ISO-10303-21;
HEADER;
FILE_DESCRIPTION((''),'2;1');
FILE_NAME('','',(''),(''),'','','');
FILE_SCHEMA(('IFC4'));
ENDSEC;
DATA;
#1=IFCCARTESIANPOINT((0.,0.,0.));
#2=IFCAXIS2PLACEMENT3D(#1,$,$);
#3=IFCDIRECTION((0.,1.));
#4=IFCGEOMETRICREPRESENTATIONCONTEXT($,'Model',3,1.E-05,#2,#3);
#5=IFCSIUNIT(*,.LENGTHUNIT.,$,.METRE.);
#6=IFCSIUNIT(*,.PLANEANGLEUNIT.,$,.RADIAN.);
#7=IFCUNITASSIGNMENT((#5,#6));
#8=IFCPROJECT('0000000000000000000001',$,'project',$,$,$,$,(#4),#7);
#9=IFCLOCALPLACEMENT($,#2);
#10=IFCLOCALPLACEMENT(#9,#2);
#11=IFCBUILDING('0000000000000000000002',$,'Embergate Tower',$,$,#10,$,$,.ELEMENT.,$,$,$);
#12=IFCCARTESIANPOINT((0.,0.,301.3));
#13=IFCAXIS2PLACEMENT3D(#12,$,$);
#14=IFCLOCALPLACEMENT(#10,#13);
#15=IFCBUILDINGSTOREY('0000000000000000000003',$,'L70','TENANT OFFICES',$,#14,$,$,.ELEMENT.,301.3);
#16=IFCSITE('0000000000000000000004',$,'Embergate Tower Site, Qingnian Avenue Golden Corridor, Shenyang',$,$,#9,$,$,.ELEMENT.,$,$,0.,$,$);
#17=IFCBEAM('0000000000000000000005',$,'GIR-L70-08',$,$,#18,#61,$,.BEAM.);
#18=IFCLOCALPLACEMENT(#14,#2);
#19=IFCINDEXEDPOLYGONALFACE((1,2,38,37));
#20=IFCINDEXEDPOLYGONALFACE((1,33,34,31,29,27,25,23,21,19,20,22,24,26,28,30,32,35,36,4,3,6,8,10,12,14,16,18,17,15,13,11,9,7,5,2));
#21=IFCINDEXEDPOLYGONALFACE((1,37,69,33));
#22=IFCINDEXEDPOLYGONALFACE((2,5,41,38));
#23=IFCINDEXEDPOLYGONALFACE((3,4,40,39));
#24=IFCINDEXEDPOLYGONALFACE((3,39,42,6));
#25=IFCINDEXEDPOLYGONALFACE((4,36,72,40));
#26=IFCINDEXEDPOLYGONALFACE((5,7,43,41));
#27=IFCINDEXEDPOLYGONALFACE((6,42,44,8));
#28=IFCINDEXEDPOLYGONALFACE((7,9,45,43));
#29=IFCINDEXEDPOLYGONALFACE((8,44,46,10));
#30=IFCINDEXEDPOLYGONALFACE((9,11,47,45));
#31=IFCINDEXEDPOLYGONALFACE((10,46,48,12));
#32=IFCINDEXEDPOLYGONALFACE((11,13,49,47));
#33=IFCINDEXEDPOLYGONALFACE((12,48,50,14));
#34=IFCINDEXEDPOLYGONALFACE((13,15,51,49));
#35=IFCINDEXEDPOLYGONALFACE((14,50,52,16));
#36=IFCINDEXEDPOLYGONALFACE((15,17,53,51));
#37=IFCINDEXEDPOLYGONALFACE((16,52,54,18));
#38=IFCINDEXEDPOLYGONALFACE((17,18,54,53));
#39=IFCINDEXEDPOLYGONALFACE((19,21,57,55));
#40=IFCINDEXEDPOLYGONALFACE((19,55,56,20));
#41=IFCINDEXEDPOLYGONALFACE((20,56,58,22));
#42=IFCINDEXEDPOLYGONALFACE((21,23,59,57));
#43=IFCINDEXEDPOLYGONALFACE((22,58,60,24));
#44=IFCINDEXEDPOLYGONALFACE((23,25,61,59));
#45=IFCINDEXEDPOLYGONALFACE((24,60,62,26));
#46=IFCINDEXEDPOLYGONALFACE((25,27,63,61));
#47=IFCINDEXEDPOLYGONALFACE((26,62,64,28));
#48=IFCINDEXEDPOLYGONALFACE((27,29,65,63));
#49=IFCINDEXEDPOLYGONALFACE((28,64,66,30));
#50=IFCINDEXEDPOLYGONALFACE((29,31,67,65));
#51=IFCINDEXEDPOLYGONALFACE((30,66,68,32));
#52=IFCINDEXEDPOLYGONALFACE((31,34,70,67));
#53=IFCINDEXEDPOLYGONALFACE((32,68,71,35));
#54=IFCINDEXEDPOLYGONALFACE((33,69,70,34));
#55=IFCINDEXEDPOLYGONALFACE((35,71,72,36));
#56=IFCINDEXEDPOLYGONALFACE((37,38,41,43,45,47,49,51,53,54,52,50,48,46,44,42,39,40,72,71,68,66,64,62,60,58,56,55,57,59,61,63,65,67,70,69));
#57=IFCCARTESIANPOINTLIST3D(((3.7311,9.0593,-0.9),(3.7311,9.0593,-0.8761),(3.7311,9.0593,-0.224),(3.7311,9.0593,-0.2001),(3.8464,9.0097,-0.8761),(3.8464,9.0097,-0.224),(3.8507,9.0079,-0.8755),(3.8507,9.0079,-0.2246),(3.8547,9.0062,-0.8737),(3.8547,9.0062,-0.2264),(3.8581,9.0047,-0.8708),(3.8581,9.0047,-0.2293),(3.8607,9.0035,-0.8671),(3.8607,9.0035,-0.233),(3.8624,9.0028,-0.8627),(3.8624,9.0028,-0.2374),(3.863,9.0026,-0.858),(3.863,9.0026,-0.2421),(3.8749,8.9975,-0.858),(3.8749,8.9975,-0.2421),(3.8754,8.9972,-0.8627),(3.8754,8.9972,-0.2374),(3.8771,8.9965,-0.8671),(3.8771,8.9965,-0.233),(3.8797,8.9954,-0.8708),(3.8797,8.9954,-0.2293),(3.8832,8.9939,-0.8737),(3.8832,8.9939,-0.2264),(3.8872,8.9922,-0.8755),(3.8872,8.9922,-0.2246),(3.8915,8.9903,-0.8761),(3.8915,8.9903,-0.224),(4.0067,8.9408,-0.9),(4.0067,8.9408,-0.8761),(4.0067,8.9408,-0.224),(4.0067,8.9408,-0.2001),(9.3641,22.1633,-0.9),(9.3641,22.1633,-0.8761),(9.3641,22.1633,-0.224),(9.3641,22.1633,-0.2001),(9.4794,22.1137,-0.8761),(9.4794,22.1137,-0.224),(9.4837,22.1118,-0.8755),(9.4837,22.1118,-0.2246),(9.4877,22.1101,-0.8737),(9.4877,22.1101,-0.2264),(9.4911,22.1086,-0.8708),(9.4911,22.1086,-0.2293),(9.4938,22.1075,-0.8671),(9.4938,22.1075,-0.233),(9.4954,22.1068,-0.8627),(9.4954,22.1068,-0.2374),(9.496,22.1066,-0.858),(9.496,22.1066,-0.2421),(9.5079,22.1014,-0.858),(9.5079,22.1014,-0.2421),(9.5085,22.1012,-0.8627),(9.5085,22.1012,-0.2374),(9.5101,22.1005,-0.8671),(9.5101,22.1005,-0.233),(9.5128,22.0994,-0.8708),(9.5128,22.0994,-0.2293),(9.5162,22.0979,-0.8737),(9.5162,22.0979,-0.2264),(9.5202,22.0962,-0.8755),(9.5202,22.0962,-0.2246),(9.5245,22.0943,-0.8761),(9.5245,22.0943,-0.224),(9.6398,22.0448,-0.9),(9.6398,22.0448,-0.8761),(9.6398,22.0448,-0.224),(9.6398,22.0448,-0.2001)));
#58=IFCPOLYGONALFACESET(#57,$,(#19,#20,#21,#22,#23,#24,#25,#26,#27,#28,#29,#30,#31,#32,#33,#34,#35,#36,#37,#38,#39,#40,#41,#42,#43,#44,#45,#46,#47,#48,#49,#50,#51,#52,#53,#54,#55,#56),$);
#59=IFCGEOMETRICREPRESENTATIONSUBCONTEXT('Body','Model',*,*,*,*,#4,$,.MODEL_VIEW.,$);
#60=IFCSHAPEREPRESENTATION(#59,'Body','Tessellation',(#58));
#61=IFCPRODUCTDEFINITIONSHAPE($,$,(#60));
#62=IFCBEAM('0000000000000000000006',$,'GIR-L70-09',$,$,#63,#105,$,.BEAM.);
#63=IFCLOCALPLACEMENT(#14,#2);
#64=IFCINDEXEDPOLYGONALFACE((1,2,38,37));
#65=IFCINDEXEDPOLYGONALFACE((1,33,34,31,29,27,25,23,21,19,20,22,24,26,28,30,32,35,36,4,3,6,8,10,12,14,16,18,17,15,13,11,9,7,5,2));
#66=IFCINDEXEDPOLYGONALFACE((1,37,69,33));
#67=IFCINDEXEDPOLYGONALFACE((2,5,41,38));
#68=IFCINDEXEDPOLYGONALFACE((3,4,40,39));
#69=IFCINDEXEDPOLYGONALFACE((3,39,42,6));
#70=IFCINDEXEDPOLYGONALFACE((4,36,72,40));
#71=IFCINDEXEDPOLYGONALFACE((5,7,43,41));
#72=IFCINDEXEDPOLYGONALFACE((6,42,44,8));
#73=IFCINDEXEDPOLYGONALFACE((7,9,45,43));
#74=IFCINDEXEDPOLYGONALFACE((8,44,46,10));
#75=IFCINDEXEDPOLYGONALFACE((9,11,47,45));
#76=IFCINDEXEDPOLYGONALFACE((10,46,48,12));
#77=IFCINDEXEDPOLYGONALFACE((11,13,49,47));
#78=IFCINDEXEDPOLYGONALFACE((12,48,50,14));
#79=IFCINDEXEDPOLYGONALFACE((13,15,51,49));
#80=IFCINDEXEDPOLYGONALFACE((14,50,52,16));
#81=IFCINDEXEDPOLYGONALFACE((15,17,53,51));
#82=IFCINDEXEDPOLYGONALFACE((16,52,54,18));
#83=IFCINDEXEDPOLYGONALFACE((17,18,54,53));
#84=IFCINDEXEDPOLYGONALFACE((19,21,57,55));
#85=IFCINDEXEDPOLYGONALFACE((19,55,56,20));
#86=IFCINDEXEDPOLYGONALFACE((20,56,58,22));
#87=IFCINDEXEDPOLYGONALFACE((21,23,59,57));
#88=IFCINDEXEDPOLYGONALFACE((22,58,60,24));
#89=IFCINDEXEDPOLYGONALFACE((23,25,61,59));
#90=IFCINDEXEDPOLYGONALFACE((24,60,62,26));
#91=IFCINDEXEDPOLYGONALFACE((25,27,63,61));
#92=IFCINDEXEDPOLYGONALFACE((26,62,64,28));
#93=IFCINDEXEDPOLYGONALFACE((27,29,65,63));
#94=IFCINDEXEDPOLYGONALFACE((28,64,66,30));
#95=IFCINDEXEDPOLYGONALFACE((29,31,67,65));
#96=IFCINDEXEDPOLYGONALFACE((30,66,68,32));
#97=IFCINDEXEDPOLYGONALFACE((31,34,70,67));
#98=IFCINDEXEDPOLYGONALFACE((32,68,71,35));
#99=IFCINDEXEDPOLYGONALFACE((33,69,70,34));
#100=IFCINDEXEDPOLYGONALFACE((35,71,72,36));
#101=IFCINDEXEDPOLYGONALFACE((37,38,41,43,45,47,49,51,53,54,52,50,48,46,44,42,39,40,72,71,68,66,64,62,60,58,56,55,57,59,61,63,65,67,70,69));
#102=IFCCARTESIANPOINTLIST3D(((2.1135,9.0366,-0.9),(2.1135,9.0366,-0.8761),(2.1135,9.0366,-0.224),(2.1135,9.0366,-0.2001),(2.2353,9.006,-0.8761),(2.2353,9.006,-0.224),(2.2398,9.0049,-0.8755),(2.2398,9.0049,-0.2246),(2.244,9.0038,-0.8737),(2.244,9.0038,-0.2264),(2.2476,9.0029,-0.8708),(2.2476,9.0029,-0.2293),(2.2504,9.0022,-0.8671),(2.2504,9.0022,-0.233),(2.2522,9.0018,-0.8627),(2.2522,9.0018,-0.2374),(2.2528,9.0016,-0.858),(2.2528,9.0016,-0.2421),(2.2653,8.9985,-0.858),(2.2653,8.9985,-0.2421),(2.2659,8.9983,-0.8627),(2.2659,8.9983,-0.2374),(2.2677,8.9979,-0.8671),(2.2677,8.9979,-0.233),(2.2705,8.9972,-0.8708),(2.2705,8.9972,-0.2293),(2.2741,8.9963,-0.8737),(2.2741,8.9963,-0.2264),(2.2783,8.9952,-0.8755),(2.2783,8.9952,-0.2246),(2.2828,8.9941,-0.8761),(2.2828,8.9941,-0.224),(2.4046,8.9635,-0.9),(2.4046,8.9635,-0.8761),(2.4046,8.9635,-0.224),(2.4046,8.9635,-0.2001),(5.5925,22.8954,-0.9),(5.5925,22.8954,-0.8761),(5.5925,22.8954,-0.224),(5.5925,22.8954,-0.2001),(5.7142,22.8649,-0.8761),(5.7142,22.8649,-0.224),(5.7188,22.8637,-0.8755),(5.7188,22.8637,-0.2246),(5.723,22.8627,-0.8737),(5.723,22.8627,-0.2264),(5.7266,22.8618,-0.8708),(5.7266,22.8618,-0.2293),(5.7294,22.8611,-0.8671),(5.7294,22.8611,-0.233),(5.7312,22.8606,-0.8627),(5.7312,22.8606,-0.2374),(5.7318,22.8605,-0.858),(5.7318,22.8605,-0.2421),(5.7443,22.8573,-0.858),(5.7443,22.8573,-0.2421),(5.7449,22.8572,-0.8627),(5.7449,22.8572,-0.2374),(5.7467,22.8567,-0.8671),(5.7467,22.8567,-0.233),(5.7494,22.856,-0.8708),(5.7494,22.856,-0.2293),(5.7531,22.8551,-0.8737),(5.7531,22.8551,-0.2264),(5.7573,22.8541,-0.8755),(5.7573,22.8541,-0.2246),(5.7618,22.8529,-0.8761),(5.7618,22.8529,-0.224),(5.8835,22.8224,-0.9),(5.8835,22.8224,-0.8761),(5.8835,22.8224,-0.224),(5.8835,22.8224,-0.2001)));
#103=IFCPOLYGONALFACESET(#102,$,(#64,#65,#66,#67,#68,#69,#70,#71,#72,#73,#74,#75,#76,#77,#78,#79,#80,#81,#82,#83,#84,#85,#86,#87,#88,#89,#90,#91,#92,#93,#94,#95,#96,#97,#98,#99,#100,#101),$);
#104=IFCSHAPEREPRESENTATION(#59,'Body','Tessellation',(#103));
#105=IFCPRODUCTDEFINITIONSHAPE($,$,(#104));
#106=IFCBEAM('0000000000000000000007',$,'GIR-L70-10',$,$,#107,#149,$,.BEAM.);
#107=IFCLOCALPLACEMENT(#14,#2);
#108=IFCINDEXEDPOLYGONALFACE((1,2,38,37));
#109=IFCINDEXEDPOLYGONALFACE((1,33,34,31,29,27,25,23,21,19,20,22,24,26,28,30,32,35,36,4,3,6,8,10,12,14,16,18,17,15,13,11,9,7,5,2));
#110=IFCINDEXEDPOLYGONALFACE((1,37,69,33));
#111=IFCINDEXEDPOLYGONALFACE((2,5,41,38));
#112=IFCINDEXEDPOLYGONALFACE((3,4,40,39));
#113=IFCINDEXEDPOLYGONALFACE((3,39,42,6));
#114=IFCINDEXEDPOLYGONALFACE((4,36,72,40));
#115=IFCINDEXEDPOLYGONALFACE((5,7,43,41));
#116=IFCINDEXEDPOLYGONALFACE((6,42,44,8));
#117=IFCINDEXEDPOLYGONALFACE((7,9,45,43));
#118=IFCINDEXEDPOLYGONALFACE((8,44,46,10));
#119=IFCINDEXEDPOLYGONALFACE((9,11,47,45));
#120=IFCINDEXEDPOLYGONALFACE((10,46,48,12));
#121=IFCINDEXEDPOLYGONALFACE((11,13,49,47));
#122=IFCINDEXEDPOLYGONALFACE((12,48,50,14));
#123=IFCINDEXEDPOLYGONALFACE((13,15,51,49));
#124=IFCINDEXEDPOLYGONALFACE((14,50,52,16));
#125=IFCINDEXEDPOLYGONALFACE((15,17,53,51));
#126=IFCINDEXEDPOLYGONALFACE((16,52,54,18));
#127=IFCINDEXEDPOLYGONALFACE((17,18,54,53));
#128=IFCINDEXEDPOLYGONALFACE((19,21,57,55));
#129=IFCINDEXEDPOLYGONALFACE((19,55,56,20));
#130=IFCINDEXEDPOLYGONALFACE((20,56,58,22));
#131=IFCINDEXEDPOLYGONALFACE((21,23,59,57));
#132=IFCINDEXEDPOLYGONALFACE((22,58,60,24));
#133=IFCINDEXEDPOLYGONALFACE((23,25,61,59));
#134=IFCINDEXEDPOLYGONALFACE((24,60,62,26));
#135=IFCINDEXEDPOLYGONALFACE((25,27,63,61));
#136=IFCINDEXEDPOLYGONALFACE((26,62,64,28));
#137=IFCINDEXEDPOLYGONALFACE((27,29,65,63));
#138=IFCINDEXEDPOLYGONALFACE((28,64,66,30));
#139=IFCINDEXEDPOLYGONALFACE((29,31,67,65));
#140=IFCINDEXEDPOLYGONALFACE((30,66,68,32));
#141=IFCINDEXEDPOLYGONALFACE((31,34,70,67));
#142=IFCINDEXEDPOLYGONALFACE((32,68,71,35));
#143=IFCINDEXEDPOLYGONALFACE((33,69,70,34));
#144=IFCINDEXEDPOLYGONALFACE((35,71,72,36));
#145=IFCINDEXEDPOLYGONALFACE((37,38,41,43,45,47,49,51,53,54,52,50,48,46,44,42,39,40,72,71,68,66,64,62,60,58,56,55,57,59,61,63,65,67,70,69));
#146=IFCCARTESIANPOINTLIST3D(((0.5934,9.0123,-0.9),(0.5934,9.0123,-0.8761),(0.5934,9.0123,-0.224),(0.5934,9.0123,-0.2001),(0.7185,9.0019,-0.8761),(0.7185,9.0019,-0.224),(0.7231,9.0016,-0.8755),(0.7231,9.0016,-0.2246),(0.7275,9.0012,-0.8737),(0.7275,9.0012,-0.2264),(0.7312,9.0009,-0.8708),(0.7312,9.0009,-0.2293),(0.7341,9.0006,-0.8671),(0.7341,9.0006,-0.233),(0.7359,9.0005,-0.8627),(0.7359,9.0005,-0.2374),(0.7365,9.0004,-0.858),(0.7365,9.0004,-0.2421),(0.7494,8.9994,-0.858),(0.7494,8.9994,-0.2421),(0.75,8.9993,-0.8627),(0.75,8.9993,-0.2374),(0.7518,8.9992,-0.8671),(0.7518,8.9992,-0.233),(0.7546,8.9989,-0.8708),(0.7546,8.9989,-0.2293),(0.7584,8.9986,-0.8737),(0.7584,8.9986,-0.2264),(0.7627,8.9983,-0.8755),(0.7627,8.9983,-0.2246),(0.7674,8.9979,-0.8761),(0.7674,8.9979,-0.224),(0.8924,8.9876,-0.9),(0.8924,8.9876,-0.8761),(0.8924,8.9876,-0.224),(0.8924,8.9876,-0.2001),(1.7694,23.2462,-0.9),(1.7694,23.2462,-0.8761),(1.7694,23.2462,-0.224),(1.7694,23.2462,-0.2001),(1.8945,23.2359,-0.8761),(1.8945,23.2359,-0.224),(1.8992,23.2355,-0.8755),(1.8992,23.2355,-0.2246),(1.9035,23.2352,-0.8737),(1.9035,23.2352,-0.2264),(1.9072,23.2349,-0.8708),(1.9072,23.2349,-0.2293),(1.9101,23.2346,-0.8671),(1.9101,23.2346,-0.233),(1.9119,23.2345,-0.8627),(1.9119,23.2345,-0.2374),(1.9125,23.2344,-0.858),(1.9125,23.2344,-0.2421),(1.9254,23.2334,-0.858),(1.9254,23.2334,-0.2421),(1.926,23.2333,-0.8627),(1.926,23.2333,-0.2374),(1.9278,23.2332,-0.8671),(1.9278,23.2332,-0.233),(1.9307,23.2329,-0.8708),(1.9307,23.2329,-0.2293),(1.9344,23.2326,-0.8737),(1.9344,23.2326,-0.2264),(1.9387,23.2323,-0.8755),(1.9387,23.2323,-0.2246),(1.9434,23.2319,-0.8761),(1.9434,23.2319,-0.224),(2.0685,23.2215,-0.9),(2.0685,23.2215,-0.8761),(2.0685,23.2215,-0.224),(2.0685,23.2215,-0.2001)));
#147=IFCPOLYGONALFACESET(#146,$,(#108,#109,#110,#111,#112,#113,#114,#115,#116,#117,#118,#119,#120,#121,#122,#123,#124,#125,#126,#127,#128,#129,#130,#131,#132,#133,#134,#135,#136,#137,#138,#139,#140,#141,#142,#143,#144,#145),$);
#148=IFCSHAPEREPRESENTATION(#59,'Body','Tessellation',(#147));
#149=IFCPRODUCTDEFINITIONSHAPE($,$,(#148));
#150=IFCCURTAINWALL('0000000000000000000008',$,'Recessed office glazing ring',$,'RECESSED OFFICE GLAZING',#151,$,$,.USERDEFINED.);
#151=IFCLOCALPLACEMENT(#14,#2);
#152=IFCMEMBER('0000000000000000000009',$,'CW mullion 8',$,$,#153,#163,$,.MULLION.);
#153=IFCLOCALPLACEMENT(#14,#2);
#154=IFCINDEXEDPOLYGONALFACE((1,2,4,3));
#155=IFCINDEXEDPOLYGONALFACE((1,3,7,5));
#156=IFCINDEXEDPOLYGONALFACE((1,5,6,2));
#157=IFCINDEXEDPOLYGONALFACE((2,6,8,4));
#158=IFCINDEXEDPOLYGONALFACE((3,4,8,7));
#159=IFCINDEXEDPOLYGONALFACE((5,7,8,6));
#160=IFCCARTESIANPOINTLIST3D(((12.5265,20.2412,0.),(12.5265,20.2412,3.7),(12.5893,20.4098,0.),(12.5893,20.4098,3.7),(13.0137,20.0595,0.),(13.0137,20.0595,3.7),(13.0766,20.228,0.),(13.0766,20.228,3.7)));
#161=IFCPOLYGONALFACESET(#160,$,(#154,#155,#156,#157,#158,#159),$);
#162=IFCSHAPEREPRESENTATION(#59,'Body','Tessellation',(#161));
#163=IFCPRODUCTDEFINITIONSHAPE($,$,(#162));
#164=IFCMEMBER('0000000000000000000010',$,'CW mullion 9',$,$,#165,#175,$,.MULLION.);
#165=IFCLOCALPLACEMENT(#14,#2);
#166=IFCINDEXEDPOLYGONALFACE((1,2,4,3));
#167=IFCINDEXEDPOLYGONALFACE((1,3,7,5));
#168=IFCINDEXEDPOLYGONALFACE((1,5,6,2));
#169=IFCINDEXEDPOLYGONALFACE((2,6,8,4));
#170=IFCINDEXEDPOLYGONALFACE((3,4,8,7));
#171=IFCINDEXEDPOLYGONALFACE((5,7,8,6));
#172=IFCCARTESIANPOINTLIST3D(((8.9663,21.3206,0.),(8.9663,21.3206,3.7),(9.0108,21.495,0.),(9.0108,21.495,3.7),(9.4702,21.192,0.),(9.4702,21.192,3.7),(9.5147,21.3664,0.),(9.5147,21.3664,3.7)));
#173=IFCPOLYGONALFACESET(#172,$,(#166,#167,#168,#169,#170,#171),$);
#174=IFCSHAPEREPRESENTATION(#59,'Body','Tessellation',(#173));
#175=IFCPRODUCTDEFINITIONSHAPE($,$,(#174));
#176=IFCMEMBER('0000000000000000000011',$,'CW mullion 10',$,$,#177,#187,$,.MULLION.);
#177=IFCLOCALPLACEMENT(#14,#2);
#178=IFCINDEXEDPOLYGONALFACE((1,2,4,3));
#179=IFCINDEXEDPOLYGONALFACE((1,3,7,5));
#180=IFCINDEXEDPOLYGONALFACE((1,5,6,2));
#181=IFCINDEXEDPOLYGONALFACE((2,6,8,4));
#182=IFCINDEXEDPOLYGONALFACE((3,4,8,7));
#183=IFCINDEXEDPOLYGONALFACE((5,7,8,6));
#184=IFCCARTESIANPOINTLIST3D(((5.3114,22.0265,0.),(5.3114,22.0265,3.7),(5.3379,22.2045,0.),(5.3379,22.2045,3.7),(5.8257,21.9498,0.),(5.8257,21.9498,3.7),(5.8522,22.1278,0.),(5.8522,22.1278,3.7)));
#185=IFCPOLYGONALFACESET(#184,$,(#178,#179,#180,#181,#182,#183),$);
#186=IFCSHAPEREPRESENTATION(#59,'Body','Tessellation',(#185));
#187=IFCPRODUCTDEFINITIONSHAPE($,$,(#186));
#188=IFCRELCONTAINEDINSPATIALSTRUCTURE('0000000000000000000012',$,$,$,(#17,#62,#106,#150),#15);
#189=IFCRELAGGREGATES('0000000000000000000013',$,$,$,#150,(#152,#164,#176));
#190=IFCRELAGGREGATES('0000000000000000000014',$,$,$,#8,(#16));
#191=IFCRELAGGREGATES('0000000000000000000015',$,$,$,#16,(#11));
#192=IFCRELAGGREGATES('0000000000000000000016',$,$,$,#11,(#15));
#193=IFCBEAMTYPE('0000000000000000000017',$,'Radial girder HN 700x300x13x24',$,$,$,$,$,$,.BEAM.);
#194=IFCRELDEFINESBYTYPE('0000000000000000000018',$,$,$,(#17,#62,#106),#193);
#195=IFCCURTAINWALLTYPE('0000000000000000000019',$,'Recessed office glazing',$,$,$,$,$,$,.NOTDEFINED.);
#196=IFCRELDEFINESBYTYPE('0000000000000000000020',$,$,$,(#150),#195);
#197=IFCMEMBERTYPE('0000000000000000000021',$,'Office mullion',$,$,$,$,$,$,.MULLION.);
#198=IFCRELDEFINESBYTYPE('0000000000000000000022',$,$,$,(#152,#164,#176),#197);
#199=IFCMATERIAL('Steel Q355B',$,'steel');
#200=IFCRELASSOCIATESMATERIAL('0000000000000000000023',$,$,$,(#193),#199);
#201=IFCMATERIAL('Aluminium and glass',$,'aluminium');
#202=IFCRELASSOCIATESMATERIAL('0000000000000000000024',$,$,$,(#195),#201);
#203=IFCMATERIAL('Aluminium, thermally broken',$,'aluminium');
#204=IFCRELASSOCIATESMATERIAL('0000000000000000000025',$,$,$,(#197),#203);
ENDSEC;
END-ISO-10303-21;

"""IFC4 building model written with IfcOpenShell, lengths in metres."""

from ifc_helpers import new_model, si_unit, direction, frame, origin, origin_2d, place, context, subcontext, project, spatial, rectangle, i_section, extrude, source, transform, mapped, material, material_profile, profile_set, type_object, element, aggregate, save


model = new_model("IFC4")

# Units and contexts
model_context = context("Model", 3, precision=1e-05, world=origin(), true_north=direction((0.0, 1.0)))
body_context = subcontext(model_context, "Body", "Model", "MODEL_VIEW")
ifc_project = project(units=[si_unit("LENGTHUNIT", "METRE"), si_unit("PLANEANGLEUNIT", "RADIAN")], contexts=[model_context])

# Site, building, storey
site_placement = place(None, origin())
site = spatial("IfcSite", under=ifc_project, at=site_placement, Name="Embergate Tower Site, Qingnian Avenue Golden Corridor, Shenyang", CompositionType="ELEMENT", RefElevation=0.0)
building_placement = place(site_placement, origin())
building = spatial("IfcBuilding", under=site, at=building_placement, Name="Embergate Tower", CompositionType="ELEMENT")
storey_placement = place(building_placement, frame((0.0, 0.0, 301.3)))
storey = spatial("IfcBuildingStorey", under=building, at=storey_placement, Name="L70", Description="TENANT OFFICES", CompositionType="ELEMENT", Elevation=301.3)

# Beams
ifc_material_1 = material(Name="Steel Q355B", Category="steel")
ifc_material_profile_1 = material_profile(ifc_material_1, i_section(OverallWidth=0.3, OverallDepth=0.7, WebThickness=0.0129, FlangeThickness=0.0239, FilletRadius=0.0181, at=origin_2d()), Name="HN 700x300x13x24")
ifc_profile_set_1 = profile_set([ifc_material_profile_1], Name="Steel Q355 grade B")
beam_type_1 = type_object("IfcBeamType", Name="Radial girder HN 700x300x13x24", PredefinedType="BEAM", material=ifc_profile_set_1)
shared_shape_1 = source(origin(), body_context, "Body", "SweptSolid", [
    extrude(i_section(OverallWidth=0.3, OverallDepth=0.7, WebThickness=0.0129, FlangeThickness=0.0239, FilletRadius=0.0181, at=origin_2d()), origin(), (0.0, 0.0, 1.0), 14.2634),
])
beam_1_placement = place(storey_placement, frame((9.502, 22.104, -0.55), z_axis=(-0.394929, -0.918712, 0.0), x_axis=(0.918712, -0.394929, 0.0)))
element("IfcBeam", 1, at=beam_1_placement, inside=storey, type_object=beam_type_1, Name="GIR-L70-08", PredefinedType="BEAM", context=body_context, shape_type="MappedRepresentation", body=[
    mapped(shared_shape_1, transform((0.0, 0.0, 0.0))),
])
shared_shape_2 = source(origin(), body_context, "Body", "SweptSolid", [
    extrude(i_section(OverallWidth=0.3, OverallDepth=0.7, WebThickness=0.0129, FlangeThickness=0.0239, FilletRadius=0.0181, at=origin_2d()), origin(), (0.0, 0.0, 1.0), 14.2888),
])
beam_2_placement = place(storey_placement, frame((5.738, 22.8589, -0.55), z_axis=(-0.243476, -0.969907, 0.0), x_axis=(0.969907, -0.243476, 0.0)))
element("IfcBeam", 2, at=beam_2_placement, inside=storey, type_object=beam_type_1, Name="GIR-L70-09", PredefinedType="BEAM", context=body_context, shape_type="MappedRepresentation", body=[
    mapped(shared_shape_2, transform((0.0, 0.0, 0.0))),
])
shared_shape_3 = source(origin(), body_context, "Body", "SweptSolid", [
    extrude(i_section(OverallWidth=0.3, OverallDepth=0.7, WebThickness=0.0129, FlangeThickness=0.0239, FilletRadius=0.0181, at=origin_2d()), origin(), (0.0, 0.0, 1.0), 14.2825),
])
beam_3_placement = place(storey_placement, frame((1.9189, 23.2339, -0.55), z_axis=(-0.082341, -0.996604, 0.0), x_axis=(0.996604, -0.082341, 0.0)))
element("IfcBeam", 3, at=beam_3_placement, inside=storey, type_object=beam_type_1, Name="GIR-L70-10", PredefinedType="BEAM", context=body_context, shape_type="MappedRepresentation", body=[
    mapped(shared_shape_3, transform((0.0, 0.0, 0.0))),
])

# Curtain wall, members
ifc_material_2 = material(Name="Aluminium and glass", Category="aluminium")
curtain_wall_type = type_object("IfcCurtainWallType", Name="Recessed office glazing", PredefinedType="NOTDEFINED", material=ifc_material_2)
curtain_wall_placement = place(storey_placement, origin())
curtain_wall = element("IfcCurtainWall", 4, at=curtain_wall_placement, inside=storey, type_object=curtain_wall_type, Name="Recessed office glazing ring", ObjectType="RECESSED OFFICE GLAZING", PredefinedType="USERDEFINED")
ifc_material_3 = material(Name="Aluminium, thermally broken", Category="aluminium")
ifc_material_profile_2 = material_profile(ifc_material_3, rectangle(XDim=0.1799, YDim=0.52, at=origin_2d()), Name="AL 520x180")
ifc_profile_set_2 = profile_set([ifc_material_profile_2], Name="Aluminium, thermally broken")
member_type_1 = type_object("IfcMemberType", Name="Office mullion", PredefinedType="MULLION", material=ifc_profile_set_2)
shared_shape_4 = source(origin(), body_context, "Body", "SweptSolid", [
    extrude(rectangle(XDim=0.1799, YDim=0.52, at=origin_2d()), origin(), (0.0, 0.0, 1.0), 3.7),
])
member_1_placement = place(storey_placement, frame((12.8015, 20.2346, 0.0), z_axis=(0.0, 0.0, 1.0), x_axis=(-0.349501, -0.936936, 0.0)))
member_1 = element("IfcMember", 5, at=member_1_placement, type_object=member_type_1, Name="CW mullion 8", PredefinedType="MULLION", context=body_context, shape_type="MappedRepresentation", body=[
    mapped(shared_shape_4, transform((0.0, 0.0, 0.0))),
])
member_2_placement = place(storey_placement, frame((9.2405, 21.3435, 0.0), z_axis=(0.0, 0.0, 1.0), x_axis=(-0.247312, -0.968936, 0.0)))
member_2 = element("IfcMember", 6, at=member_2_placement, type_object=member_type_1, Name="CW mullion 9", PredefinedType="MULLION", context=body_context, shape_type="MappedRepresentation", body=[
    mapped(shared_shape_4, transform((0.0, 0.0, 0.0))),
])
member_3_placement = place(storey_placement, frame((5.5818, 22.0771, 0.0), z_axis=(0.0, 0.0, 1.0), x_axis=(-0.147412, -0.989075, 0.0)))
member_3 = element("IfcMember", 7, at=member_3_placement, type_object=member_type_1, Name="CW mullion 10", PredefinedType="MULLION", context=body_context, shape_type="MappedRepresentation", body=[
    mapped(shared_shape_4, transform((0.0, 0.0, 0.0))),
])
aggregate(curtain_wall, [member_1, member_2, member_3])

save(model, "model.ifc")
